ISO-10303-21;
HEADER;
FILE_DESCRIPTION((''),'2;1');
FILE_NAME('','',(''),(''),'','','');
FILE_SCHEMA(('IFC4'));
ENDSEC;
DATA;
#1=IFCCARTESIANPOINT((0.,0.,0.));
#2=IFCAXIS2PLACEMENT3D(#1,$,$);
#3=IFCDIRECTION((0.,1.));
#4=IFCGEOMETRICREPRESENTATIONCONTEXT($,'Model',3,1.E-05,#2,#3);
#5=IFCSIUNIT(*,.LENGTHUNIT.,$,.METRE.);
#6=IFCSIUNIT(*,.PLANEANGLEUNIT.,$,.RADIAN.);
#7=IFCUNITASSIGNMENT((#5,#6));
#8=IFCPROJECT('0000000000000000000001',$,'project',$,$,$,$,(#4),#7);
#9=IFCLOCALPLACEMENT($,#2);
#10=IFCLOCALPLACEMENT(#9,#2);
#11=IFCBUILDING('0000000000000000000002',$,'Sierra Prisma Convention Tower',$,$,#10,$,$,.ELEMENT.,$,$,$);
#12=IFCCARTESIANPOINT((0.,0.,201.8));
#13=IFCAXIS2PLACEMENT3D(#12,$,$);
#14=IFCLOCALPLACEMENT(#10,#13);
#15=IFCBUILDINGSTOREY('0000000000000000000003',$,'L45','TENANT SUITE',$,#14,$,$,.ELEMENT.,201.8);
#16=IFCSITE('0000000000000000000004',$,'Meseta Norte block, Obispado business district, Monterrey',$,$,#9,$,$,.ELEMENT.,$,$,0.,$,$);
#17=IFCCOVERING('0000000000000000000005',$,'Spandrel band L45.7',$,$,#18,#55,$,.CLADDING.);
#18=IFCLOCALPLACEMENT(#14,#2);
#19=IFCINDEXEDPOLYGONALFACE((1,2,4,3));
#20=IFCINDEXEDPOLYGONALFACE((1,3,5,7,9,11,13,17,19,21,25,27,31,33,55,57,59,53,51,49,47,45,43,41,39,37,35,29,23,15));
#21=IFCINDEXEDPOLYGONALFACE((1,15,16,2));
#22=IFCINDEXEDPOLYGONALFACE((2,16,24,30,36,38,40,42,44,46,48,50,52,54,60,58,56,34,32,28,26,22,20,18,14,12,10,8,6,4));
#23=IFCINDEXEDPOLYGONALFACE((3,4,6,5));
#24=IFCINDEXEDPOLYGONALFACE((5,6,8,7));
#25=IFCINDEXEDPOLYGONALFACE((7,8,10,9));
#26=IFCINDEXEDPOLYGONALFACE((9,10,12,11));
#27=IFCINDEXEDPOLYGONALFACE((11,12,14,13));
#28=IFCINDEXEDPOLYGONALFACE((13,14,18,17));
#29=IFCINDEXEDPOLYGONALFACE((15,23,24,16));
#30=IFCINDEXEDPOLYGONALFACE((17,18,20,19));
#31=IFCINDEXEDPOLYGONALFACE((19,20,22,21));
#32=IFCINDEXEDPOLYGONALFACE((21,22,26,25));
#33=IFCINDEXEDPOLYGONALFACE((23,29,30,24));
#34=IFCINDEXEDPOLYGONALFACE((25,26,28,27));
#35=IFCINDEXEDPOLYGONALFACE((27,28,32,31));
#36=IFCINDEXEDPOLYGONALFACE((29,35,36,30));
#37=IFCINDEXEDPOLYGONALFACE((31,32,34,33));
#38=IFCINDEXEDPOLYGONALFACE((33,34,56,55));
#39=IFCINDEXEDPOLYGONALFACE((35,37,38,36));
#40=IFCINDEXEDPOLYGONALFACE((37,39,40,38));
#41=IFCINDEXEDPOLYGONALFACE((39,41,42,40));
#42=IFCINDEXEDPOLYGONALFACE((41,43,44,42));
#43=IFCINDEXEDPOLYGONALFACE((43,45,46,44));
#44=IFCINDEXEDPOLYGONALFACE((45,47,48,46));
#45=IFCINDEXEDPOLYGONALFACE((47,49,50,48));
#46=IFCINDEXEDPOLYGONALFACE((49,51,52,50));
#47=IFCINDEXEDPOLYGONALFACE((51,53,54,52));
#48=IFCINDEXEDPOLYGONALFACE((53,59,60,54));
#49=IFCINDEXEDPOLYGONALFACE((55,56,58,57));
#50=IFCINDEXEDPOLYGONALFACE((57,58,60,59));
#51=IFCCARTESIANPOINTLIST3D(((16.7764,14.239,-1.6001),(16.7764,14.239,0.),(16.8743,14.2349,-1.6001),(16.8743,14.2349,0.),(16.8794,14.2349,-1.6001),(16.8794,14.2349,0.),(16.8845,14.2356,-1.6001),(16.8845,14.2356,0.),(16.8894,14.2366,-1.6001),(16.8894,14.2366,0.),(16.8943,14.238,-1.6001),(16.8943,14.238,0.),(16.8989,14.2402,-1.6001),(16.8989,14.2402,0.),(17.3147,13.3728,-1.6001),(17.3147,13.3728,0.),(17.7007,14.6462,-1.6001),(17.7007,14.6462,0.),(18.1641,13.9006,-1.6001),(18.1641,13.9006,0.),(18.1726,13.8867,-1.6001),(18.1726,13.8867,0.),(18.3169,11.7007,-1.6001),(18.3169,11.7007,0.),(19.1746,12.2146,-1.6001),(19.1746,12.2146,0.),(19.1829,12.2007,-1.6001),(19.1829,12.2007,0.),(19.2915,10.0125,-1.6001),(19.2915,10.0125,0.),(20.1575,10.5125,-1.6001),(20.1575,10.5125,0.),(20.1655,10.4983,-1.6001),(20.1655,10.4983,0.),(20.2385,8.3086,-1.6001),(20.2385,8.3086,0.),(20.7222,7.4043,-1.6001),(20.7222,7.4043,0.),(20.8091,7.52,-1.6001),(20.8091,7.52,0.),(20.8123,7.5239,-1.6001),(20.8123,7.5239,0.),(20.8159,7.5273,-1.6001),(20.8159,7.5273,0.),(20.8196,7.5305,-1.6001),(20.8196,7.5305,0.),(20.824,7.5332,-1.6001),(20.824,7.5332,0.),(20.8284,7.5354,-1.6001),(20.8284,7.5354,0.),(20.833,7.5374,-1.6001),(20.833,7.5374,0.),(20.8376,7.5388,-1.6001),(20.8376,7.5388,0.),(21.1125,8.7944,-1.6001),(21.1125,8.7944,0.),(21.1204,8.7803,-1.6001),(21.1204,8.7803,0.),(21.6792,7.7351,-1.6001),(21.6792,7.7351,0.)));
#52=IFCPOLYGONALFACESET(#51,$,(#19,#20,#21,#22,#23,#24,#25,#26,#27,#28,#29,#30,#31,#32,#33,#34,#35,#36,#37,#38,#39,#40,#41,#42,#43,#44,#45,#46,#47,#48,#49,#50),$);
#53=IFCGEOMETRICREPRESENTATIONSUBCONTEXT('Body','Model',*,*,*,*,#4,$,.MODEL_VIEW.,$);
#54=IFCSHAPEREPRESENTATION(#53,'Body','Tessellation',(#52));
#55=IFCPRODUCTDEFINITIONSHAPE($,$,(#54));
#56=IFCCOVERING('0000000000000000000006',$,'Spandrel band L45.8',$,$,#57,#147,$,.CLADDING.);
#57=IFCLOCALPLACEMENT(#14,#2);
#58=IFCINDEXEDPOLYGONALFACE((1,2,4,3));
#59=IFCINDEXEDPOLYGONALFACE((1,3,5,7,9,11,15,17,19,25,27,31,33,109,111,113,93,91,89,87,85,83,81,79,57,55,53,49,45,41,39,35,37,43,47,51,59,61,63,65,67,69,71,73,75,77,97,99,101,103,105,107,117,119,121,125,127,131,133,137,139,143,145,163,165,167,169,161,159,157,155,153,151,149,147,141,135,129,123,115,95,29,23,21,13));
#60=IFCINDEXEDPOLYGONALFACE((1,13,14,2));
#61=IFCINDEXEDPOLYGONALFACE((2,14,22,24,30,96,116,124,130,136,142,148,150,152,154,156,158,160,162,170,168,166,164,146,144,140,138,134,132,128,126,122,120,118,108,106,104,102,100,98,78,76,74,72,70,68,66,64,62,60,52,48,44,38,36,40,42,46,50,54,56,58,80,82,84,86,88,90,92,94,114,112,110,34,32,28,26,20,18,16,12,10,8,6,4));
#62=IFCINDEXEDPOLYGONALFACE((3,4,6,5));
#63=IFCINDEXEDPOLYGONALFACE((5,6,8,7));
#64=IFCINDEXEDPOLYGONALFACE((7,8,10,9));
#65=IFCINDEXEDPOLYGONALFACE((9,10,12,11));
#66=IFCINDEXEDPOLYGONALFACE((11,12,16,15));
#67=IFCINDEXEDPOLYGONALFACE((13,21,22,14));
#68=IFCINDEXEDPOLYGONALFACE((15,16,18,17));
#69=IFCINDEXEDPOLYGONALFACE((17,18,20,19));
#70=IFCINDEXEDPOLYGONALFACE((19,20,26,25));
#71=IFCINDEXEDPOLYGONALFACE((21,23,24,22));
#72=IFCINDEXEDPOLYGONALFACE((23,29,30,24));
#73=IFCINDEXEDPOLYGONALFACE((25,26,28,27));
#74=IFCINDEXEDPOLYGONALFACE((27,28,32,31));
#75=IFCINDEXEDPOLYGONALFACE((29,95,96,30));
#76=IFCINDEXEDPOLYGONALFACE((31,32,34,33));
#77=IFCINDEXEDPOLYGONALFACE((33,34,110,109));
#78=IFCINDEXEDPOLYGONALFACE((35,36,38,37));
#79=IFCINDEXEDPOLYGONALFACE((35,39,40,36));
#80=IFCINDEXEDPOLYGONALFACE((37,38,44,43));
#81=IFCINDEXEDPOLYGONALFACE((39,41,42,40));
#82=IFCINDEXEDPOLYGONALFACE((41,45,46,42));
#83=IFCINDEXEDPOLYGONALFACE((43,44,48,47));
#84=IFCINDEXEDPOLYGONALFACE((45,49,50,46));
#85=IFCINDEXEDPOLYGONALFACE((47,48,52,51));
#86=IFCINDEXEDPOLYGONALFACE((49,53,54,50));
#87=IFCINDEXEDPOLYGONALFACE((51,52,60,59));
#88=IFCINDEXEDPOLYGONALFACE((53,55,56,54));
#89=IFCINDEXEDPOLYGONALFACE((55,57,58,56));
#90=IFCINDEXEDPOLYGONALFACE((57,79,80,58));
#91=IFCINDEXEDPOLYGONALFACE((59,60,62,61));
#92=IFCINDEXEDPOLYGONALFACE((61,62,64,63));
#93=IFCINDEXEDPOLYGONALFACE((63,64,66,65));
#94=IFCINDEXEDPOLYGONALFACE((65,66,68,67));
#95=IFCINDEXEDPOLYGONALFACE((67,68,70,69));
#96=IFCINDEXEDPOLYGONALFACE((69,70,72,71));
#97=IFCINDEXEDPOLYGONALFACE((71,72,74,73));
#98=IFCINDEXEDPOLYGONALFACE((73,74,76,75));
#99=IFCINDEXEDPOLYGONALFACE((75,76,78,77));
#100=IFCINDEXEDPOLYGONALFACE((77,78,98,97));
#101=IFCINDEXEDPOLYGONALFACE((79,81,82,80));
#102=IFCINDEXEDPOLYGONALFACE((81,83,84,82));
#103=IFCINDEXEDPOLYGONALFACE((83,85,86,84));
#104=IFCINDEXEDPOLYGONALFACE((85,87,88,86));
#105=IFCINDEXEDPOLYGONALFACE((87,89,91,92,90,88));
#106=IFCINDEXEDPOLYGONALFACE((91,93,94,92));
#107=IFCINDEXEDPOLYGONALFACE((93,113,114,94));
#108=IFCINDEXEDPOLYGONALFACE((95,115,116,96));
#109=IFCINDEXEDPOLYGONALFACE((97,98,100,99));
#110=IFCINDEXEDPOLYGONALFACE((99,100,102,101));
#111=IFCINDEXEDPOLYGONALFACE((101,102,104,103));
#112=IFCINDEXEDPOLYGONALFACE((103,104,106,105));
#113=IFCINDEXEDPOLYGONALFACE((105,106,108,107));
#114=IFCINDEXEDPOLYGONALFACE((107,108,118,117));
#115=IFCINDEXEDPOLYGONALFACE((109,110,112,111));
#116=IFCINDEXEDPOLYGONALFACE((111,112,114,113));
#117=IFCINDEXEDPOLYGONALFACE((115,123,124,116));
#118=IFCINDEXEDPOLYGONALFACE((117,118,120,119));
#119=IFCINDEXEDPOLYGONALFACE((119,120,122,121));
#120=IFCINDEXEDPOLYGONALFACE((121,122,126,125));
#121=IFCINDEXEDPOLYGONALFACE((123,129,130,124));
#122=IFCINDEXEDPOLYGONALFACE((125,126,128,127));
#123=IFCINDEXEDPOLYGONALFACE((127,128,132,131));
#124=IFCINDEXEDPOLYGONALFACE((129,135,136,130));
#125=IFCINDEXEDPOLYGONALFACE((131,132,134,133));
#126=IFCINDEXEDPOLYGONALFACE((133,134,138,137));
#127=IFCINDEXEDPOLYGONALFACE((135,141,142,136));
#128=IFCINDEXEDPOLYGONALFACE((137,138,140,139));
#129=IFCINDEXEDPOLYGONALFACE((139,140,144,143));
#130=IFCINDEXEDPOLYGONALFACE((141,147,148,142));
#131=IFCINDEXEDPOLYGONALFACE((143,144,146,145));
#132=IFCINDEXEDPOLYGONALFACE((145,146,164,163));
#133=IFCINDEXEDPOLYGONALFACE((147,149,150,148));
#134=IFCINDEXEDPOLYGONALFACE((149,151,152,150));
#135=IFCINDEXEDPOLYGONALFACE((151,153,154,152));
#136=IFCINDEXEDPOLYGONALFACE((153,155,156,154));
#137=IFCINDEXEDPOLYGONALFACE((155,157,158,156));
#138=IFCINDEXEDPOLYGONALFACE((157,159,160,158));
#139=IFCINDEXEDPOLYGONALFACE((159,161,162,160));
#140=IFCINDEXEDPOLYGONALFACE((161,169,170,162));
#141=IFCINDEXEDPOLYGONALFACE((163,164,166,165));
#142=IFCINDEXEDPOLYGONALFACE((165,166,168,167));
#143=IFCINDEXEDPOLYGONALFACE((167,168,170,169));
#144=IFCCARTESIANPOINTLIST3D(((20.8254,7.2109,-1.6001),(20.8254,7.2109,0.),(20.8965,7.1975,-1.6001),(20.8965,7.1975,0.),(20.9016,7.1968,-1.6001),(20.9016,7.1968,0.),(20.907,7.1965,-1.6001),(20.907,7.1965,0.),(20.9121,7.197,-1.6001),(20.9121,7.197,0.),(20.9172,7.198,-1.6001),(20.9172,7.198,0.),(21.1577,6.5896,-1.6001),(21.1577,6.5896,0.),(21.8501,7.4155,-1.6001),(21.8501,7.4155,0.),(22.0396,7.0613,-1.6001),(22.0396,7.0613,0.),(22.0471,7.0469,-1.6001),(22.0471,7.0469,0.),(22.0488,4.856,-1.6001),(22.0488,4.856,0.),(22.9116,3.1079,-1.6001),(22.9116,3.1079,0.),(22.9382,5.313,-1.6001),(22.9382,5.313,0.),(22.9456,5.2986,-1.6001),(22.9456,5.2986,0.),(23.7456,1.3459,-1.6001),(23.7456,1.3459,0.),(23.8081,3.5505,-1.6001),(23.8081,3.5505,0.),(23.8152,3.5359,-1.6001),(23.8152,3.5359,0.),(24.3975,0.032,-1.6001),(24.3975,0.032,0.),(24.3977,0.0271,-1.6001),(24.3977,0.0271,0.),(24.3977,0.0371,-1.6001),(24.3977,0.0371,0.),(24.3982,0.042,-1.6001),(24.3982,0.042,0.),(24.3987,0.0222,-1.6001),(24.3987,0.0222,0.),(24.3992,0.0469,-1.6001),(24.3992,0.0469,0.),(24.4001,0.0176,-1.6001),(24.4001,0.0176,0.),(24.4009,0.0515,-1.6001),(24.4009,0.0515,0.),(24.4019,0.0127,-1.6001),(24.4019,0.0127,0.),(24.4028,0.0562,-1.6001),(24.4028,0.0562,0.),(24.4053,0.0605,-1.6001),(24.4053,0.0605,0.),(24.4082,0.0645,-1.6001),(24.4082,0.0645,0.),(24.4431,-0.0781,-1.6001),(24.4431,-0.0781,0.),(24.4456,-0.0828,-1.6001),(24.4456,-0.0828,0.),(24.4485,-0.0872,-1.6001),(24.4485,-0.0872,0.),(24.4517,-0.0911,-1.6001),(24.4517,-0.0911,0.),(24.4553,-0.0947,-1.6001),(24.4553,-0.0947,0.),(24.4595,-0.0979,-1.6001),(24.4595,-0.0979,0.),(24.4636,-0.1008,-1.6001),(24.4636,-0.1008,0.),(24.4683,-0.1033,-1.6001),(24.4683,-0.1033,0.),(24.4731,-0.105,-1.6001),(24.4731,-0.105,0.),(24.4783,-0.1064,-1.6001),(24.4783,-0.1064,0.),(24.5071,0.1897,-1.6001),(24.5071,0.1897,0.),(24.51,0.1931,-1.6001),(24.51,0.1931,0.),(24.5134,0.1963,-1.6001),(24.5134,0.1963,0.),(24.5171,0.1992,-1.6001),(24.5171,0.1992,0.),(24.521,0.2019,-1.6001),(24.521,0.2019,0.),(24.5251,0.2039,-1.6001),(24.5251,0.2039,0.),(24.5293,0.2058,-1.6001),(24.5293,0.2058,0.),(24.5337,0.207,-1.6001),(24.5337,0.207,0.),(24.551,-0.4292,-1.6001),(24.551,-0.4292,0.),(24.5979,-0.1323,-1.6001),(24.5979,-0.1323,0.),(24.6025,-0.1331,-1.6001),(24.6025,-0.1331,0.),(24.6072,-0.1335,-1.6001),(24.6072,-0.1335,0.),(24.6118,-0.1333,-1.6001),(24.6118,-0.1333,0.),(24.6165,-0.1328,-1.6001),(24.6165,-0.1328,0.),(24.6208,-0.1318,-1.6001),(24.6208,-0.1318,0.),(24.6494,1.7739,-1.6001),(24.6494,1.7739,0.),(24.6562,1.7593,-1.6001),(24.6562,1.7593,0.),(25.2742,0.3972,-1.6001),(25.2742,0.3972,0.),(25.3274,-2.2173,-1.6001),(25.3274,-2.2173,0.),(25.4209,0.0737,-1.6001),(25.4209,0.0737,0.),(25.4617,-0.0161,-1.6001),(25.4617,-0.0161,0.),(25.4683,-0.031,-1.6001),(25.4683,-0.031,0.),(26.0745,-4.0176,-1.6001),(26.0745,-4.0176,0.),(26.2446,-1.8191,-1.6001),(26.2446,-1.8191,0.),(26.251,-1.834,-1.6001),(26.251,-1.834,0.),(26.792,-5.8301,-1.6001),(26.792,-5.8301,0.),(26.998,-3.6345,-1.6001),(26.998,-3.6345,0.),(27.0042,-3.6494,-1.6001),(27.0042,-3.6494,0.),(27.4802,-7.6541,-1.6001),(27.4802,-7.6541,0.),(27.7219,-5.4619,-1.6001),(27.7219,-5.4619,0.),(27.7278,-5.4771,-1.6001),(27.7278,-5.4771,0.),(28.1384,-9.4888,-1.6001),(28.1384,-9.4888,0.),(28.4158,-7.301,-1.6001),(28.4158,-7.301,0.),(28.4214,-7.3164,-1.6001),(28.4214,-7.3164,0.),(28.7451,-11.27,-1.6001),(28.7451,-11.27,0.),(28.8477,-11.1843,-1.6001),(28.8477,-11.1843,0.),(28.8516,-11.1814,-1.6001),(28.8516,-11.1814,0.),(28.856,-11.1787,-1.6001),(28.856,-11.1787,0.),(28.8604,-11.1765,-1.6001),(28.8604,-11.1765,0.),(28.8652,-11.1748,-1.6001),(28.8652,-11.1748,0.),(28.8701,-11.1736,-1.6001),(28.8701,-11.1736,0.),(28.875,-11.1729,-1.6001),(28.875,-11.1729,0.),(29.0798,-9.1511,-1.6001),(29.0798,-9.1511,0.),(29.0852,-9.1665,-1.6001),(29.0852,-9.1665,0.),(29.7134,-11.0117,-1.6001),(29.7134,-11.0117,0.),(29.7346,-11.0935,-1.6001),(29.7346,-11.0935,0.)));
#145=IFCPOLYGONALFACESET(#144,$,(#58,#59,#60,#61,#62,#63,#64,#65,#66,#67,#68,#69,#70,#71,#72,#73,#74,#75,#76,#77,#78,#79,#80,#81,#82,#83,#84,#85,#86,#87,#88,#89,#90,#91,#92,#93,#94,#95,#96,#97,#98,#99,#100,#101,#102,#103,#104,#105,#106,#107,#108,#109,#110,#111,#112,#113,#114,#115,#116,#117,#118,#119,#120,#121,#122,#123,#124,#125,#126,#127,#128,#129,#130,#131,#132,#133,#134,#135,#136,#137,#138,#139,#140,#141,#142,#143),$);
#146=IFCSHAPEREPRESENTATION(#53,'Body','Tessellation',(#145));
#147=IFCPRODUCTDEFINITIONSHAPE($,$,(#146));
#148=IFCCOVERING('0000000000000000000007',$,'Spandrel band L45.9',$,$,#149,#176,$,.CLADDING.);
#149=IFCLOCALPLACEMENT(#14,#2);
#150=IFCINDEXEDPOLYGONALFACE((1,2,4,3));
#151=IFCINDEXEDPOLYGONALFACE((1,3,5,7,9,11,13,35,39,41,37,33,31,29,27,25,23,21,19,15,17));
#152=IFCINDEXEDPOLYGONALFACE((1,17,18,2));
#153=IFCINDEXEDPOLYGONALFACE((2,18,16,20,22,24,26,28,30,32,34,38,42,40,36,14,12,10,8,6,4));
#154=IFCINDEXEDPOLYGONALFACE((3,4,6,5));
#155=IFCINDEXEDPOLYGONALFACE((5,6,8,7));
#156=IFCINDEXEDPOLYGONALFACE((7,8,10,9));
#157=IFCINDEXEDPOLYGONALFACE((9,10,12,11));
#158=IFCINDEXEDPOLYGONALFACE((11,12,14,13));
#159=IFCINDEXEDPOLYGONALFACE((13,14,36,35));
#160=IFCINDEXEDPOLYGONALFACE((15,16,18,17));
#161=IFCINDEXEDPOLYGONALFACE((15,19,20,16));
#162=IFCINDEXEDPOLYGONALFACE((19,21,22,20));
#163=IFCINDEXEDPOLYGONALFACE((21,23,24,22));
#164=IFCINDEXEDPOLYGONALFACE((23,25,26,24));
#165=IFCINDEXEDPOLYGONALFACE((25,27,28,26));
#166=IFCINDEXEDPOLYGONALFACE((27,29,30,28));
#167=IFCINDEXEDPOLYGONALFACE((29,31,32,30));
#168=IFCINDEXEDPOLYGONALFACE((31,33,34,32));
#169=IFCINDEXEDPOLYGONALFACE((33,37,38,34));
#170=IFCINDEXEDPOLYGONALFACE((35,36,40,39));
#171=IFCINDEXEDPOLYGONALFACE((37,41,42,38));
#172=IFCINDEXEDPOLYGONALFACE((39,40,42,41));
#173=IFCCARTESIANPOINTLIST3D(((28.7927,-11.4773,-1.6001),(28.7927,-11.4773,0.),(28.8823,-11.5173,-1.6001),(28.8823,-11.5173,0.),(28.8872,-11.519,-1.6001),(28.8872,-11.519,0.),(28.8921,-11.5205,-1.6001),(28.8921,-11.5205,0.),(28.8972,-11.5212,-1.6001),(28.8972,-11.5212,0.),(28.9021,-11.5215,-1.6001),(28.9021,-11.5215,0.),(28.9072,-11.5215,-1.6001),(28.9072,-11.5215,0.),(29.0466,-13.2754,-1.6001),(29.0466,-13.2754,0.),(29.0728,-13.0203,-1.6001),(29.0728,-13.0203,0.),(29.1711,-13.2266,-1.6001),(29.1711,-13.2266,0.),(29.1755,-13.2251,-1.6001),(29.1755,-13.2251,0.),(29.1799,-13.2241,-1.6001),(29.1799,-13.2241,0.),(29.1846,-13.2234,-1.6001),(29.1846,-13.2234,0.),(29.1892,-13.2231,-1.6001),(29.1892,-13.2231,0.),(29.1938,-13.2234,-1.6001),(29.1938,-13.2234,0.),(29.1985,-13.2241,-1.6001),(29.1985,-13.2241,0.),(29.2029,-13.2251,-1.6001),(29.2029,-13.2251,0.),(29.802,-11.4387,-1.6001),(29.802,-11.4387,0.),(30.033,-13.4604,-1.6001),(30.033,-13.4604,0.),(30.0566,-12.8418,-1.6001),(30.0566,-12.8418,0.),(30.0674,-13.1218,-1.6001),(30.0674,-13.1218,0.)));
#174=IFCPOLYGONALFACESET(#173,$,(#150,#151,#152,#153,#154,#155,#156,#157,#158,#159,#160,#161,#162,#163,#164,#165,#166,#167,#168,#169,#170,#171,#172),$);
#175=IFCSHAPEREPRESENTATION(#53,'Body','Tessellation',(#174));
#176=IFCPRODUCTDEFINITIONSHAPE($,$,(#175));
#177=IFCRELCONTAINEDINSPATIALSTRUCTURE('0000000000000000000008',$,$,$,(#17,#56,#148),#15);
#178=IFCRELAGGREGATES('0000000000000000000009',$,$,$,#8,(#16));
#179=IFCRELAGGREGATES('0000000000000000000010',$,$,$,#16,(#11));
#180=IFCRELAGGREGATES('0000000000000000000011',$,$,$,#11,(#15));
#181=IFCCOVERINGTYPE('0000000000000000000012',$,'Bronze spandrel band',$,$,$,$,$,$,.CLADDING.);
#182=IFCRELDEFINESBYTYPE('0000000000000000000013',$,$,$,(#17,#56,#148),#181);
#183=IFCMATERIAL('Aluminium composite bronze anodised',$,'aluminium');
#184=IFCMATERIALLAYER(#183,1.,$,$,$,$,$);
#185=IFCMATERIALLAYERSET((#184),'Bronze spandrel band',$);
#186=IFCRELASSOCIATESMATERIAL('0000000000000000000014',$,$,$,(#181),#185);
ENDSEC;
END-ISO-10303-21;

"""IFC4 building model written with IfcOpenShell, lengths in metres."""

from ifc_helpers import new_model, si_unit, direction, frame, origin, place, context, subcontext, project, spatial, polyline, outline, extrude, material, layer, layer_set, type_object, element, save


model = new_model("IFC4")

# Units and contexts
model_context = context("Model", 3, precision=1e-05, world=origin(), true_north=direction((0.0, 1.0)))
body_context = subcontext(model_context, "Body", "Model", "MODEL_VIEW")
ifc_project = project(units=[si_unit("LENGTHUNIT", "METRE"), si_unit("PLANEANGLEUNIT", "RADIAN")], contexts=[model_context])

# Site, building, storey
site_placement = place(None, origin())
site = spatial("IfcSite", under=ifc_project, at=site_placement, Name="Meseta Norte block, Obispado business district, Monterrey", CompositionType="ELEMENT", RefElevation=0.0)
building_placement = place(site_placement, origin())
building = spatial("IfcBuilding", under=site, at=building_placement, Name="Sierra Prisma Convention Tower", CompositionType="ELEMENT")
storey_placement = place(building_placement, frame((0.0, 0.0, 201.8)))
storey = spatial("IfcBuildingStorey", under=building, at=storey_placement, Name="L45", Description="TENANT SUITE", CompositionType="ELEMENT", Elevation=201.8)

# Coverings
ifc_material_1 = material(Name="Aluminium composite bronze anodised", Category="aluminium")
ifc_layer_1 = layer(ifc_material_1, 1.0)
ifc_layer_set_1 = layer_set([ifc_layer_1], Name="Bronze spandrel band")
covering_type_1 = type_object("IfcCoveringType", Name="Bronze spandrel band", PredefinedType="CLADDING", material=ifc_layer_set_1)
covering_1_placement = place(storey_placement, frame((0.0, 0.0, -1.6001)))
element("IfcCovering", 1, at=covering_1_placement, inside=storey, type_object=covering_type_1, Name="Spandrel band L45.7", PredefinedType="CLADDING", context=body_context, shape_type="SweptSolid", body=[
    extrude(outline(polyline([(21.6792, 7.7351), (20.8376, 7.5388), (20.833, 7.5374), (20.8284, 7.5354), (20.824, 7.5332), (20.8196, 7.5305), (20.8159, 7.5273), (20.8123, 7.5239), (20.8091, 7.52), (20.7222, 7.4043), (20.2385, 8.3086), (19.2915, 10.0125), (18.3169, 11.7007), (17.3147, 13.3728), (16.7764, 14.239), (16.8743, 14.2349), (16.8794, 14.2349), (16.8845, 14.2356), (16.8894, 14.2366), (16.8943, 14.238), (16.8989, 14.2402), (17.7007, 14.6462), (18.1641, 13.9006), (18.1726, 13.8867), (19.1746, 12.2146), (19.1829, 12.2007), (20.1575, 10.5125), (20.1655, 10.4983), (21.1125, 8.7944), (21.1204, 8.7803), (21.6792, 7.7351)])), origin(), (0.0, 0.0, 1.0), 1.6001),
])
covering_2_placement = place(storey_placement, frame((0.0, 0.0, -1.6001)))
element("IfcCovering", 2, at=covering_2_placement, inside=storey, type_object=covering_type_1, Name="Spandrel band L45.8", PredefinedType="CLADDING", context=body_context, shape_type="SweptSolid", body=[
    extrude(outline(polyline([(24.5337, 0.207), (24.5293, 0.2058), (24.5251, 0.2039), (24.521, 0.2019), (24.5171, 0.1992), (24.5134, 0.1963), (24.51, 0.1931), (24.5071, 0.1897), (24.4082, 0.0645), (24.4053, 0.0605), (24.4028, 0.0562), (24.4009, 0.0515), (24.3992, 0.0469), (24.3982, 0.042), (24.3977, 0.0371), (24.3975, 0.032), (24.3977, 0.0271), (24.3987, 0.0222), (24.4001, 0.0176), (24.4019, 0.0127), (24.4431, -0.0781), (24.4456, -0.0828), (24.4485, -0.0872), (24.4517, -0.0911), (24.4553, -0.0947), (24.4595, -0.0979), (24.4636, -0.1008), (24.4683, -0.1033), (24.4731, -0.105), (24.4783, -0.1064), (24.5979, -0.1323), (24.6025, -0.1331), (24.6072, -0.1335), (24.6118, -0.1333), (24.6165, -0.1328), (24.6208, -0.1318), (25.4209, 0.0737), (25.4617, -0.0161), (25.4683, -0.031), (26.2446, -1.8191), (26.251, -1.834), (26.998, -3.6345), (27.0042, -3.6494), (27.7219, -5.4619), (27.7278, -5.4771), (28.4158, -7.301), (28.4214, -7.3164), (29.0798, -9.1511), (29.0852, -9.1665), (29.7134, -11.0117), (29.7346, -11.0935), (28.875, -11.1729), (28.8701, -11.1736), (28.8652, -11.1748), (28.8604, -11.1765), (28.856, -11.1787), (28.8516, -11.1814), (28.8477, -11.1843), (28.7451, -11.27), (28.1384, -9.4888), (27.4802, -7.6541), (26.792, -5.8301), (26.0745, -4.0176), (25.3274, -2.2173), (24.551, -0.4292), (23.7456, 1.3459), (22.9116, 3.1079), (22.0488, 4.856), (21.1577, 6.5896), (20.8254, 7.2109), (20.8965, 7.1975), (20.9016, 7.1968), (20.907, 7.1965), (20.9121, 7.197), (20.9172, 7.198), (21.8501, 7.4155), (22.0396, 7.0613), (22.0471, 7.0469), (22.9382, 5.313), (22.9456, 5.2986), (23.8081, 3.5505), (23.8152, 3.5359), (24.6494, 1.7739), (24.6562, 1.7593), (25.2742, 0.3972), (24.5337, 0.207)])), origin(), (0.0, 0.0, 1.0), 1.6001),
])
covering_3_placement = place(storey_placement, frame((0.0, 0.0, -1.6001)))
element("IfcCovering", 3, at=covering_3_placement, inside=storey, type_object=covering_type_1, Name="Spandrel band L45.9", PredefinedType="CLADDING", context=body_context, shape_type="SweptSolid", body=[
    extrude(outline(polyline([(29.1711, -13.2266), (29.0466, -13.2754), (29.0728, -13.0203), (28.7927, -11.4773), (28.8823, -11.5173), (28.8872, -11.519), (28.8921, -11.5205), (28.8972, -11.5212), (28.9021, -11.5215), (28.9072, -11.5215), (29.802, -11.4387), (30.0566, -12.8418), (30.0674, -13.1218), (30.033, -13.4604), (29.2029, -13.2251), (29.1985, -13.2241), (29.1938, -13.2234), (29.1892, -13.2231), (29.1846, -13.2234), (29.1799, -13.2241), (29.1755, -13.2251), (29.1711, -13.2266)])), origin(), (0.0, 0.0, 1.0), 1.6001),
])

save(model, "model.ifc")
